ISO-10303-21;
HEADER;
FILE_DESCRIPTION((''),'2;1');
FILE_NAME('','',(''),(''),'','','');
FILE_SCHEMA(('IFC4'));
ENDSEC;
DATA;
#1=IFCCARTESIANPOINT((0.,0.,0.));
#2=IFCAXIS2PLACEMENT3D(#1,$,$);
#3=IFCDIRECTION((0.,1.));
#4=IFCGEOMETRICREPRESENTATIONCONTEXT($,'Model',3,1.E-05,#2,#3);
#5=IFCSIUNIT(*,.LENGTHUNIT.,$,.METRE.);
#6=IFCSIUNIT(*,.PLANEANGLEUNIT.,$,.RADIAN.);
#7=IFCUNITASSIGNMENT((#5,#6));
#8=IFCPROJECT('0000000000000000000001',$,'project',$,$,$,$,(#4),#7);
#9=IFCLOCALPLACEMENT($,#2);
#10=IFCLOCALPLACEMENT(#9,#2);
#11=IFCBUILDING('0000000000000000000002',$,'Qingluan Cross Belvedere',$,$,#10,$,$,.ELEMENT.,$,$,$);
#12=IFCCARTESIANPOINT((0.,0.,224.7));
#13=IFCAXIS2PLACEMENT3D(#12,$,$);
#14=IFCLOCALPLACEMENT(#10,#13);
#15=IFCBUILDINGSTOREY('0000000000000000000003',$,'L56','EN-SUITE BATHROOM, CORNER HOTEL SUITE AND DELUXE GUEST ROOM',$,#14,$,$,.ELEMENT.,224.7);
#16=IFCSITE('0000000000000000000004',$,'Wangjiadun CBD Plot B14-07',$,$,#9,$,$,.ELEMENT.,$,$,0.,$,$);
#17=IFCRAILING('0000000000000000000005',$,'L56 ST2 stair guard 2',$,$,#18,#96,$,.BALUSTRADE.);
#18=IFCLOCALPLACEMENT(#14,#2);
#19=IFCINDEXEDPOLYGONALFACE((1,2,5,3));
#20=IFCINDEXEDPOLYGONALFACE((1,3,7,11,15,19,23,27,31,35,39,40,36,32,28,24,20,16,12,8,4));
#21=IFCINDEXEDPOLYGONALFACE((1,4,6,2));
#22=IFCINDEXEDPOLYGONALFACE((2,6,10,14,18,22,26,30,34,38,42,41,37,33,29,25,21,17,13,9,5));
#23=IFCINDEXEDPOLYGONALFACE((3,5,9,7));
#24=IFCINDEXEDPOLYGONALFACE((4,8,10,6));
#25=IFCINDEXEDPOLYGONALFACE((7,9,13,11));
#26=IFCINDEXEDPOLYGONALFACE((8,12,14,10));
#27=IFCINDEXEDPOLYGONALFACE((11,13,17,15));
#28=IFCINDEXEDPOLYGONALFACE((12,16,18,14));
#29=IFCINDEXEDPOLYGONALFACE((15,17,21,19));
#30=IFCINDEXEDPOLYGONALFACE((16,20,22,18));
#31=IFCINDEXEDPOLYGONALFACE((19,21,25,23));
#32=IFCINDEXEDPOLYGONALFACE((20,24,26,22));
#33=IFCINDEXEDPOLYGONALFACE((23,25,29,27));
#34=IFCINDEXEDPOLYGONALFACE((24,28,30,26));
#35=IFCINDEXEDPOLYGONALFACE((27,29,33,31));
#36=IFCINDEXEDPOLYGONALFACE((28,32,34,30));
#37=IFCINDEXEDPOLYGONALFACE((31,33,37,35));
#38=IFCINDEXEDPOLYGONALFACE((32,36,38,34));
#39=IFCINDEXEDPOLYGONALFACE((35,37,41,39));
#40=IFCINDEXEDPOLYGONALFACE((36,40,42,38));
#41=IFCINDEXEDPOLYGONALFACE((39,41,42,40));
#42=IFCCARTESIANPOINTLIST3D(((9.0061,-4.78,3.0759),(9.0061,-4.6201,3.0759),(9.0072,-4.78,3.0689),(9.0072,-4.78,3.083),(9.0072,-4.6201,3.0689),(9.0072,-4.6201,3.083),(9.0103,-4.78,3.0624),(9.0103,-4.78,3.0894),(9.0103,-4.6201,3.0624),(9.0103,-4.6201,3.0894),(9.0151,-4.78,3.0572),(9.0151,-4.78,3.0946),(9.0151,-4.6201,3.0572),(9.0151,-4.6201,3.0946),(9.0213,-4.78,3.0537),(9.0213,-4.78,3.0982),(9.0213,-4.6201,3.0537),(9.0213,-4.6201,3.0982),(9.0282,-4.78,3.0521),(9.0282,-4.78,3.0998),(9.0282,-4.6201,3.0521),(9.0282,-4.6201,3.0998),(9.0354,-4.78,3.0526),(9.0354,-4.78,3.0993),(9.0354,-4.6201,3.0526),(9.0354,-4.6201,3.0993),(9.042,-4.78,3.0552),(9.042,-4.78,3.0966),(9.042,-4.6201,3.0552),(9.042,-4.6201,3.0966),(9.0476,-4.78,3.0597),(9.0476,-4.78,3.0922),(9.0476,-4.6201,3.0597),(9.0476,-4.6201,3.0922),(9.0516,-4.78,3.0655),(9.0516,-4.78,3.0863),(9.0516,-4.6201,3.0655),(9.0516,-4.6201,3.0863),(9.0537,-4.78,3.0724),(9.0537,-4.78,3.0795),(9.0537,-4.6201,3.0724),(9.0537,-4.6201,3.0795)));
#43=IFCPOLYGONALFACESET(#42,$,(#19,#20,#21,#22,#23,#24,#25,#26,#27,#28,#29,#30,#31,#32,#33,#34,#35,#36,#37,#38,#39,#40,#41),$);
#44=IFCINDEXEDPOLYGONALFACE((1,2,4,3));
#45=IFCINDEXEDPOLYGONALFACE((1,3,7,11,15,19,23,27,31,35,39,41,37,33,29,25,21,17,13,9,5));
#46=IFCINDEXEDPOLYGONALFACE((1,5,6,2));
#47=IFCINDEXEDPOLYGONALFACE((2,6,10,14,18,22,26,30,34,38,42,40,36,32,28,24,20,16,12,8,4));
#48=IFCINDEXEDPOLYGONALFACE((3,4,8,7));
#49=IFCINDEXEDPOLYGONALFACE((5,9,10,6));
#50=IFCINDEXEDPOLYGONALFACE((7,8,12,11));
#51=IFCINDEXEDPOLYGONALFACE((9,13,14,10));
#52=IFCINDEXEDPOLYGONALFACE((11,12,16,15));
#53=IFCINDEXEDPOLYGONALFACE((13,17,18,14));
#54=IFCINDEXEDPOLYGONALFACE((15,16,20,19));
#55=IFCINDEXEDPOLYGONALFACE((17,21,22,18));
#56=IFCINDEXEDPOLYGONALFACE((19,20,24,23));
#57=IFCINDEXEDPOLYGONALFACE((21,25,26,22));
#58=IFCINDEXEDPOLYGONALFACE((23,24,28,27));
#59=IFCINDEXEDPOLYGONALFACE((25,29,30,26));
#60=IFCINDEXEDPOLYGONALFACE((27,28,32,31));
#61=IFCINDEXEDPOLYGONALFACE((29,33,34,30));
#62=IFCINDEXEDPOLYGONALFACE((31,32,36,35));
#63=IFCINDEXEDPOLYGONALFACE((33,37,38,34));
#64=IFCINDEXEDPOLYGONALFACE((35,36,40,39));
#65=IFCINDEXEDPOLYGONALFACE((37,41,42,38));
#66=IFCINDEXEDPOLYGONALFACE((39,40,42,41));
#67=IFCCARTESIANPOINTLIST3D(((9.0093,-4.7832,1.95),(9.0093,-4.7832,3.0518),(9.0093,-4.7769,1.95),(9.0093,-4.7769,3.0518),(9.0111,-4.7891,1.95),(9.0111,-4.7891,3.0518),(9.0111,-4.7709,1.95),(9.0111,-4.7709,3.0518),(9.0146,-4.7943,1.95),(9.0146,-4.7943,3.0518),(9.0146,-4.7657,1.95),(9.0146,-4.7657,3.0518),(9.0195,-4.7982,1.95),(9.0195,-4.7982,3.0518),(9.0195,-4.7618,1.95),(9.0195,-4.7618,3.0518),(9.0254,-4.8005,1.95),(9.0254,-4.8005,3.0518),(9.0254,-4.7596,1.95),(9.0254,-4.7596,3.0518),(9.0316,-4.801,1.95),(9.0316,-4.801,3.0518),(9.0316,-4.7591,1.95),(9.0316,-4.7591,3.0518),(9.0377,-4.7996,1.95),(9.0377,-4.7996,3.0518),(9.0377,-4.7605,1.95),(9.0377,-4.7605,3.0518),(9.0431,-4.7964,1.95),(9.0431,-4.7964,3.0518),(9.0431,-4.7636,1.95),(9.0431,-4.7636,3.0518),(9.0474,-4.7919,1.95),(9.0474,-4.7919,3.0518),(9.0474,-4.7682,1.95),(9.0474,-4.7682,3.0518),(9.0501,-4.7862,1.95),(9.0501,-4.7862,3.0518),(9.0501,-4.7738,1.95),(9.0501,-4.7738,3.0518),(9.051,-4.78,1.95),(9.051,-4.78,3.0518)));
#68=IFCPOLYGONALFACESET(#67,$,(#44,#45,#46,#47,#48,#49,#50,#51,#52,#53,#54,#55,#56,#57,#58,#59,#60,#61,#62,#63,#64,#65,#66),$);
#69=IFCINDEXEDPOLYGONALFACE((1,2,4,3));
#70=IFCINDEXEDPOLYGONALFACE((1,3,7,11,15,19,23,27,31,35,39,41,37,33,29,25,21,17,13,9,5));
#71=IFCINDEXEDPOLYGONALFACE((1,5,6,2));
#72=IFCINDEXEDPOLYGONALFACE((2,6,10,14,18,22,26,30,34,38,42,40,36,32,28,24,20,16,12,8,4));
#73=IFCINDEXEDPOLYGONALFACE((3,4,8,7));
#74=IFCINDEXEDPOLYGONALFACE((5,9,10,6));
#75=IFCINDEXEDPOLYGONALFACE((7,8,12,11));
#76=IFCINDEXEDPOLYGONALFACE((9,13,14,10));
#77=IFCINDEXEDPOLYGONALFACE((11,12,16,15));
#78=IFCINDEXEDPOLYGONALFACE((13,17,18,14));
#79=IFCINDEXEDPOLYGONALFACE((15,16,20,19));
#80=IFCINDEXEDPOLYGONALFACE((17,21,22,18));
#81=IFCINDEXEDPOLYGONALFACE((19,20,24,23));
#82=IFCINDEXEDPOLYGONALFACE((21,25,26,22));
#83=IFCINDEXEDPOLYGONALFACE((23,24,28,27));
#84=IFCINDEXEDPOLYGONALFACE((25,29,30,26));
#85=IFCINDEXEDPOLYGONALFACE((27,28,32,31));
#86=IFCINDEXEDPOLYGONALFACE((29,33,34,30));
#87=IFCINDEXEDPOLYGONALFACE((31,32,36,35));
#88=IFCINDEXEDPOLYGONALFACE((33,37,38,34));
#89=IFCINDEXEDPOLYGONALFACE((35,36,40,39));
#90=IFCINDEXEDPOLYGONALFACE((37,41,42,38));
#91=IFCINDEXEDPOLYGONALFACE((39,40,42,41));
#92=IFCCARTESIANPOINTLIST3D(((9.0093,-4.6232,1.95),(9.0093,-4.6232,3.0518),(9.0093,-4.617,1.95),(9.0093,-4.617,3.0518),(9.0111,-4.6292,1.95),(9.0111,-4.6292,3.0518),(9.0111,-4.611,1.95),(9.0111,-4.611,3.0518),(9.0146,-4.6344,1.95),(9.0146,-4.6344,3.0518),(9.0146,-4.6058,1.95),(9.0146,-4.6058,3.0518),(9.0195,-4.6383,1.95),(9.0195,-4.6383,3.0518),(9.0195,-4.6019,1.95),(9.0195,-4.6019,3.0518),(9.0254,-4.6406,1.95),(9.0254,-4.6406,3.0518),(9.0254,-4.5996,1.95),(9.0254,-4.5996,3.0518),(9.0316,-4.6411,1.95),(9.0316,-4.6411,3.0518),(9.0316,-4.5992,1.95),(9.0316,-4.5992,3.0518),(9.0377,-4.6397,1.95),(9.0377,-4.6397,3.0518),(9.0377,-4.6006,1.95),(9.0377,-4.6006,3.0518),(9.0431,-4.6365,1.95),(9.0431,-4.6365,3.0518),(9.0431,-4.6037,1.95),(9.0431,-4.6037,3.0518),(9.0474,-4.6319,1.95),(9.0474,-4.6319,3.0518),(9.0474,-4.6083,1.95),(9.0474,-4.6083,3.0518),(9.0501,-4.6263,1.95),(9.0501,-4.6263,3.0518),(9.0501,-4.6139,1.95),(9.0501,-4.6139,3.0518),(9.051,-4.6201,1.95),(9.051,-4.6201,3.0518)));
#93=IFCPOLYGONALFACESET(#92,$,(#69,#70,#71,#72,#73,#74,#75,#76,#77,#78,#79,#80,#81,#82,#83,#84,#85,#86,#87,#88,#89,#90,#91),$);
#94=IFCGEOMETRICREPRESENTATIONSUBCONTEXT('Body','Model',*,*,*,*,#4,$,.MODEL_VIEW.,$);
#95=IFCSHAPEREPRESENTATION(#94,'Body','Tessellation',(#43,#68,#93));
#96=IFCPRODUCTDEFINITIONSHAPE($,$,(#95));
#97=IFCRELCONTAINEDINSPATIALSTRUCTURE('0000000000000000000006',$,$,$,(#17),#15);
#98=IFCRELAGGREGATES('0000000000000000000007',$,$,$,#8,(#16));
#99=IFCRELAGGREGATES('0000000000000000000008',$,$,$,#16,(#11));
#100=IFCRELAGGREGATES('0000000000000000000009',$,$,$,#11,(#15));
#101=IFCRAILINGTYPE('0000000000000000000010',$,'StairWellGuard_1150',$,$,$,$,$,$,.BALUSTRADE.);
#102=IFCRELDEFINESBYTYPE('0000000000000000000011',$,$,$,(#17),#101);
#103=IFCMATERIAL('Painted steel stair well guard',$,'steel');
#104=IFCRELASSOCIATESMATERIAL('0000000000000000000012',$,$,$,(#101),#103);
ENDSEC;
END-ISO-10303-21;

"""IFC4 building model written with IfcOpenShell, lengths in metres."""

from ifc_helpers import new_model, si_unit, direction, frame, origin, origin_2d, place, context, subcontext, project, spatial, circle, extrude, material, type_object, element, save


model = new_model("IFC4")

# Units and contexts
model_context = context("Model", 3, precision=1e-05, world=origin(), true_north=direction((0.0, 1.0)))
body_context = subcontext(model_context, "Body", "Model", "MODEL_VIEW")
ifc_project = project(units=[si_unit("LENGTHUNIT", "METRE"), si_unit("PLANEANGLEUNIT", "RADIAN")], contexts=[model_context])

# Site, building, storey
site_placement = place(None, origin())
site = spatial("IfcSite", under=ifc_project, at=site_placement, Name="Wangjiadun CBD Plot B14-07", CompositionType="ELEMENT", RefElevation=0.0)
building_placement = place(site_placement, origin())
building = spatial("IfcBuilding", under=site, at=building_placement, Name="Qingluan Cross Belvedere", CompositionType="ELEMENT")
storey_placement = place(building_placement, frame((0.0, 0.0, 224.7)))
storey = spatial("IfcBuildingStorey", under=building, at=storey_placement, Name="L56", Description="EN-SUITE BATHROOM, CORNER HOTEL SUITE AND DELUXE GUEST ROOM", CompositionType="ELEMENT", Elevation=224.7)

# Railing
ifc_material_1 = material(Name="Painted steel stair well guard", Category="steel")
railing_type_1 = type_object("IfcRailingType", Name="StairWellGuard_1150", PredefinedType="BALUSTRADE", material=ifc_material_1)
railing_1_placement = place(storey_placement, frame((9.03, -4.78, 1.95)))
element("IfcRailing", 1, at=railing_1_placement, inside=storey, type_object=railing_type_1, Name="L56 ST2 stair guard 2", PredefinedType="BALUSTRADE", context=body_context, shape_type="SweptSolid", body=[
    extrude(circle(Radius=0.0239, at=origin_2d()), frame((0.0, 0.0, 1.126), z_axis=(0.0, 1.0, 0.0), x_axis=(-1.0, 0.0, 0.0)), (0.0, 0.0, 1.0), 0.1599),
    extrude(circle(Radius=0.021, at=origin_2d()), origin(), (0.0, 0.0, 1.0), 1.1018),
    extrude(circle(Radius=0.021, at=origin_2d()), frame((0.0, 0.1599, 0.0)), (0.0, 0.0, 1.0), 1.1018),
])

save(model, "model.ifc")
